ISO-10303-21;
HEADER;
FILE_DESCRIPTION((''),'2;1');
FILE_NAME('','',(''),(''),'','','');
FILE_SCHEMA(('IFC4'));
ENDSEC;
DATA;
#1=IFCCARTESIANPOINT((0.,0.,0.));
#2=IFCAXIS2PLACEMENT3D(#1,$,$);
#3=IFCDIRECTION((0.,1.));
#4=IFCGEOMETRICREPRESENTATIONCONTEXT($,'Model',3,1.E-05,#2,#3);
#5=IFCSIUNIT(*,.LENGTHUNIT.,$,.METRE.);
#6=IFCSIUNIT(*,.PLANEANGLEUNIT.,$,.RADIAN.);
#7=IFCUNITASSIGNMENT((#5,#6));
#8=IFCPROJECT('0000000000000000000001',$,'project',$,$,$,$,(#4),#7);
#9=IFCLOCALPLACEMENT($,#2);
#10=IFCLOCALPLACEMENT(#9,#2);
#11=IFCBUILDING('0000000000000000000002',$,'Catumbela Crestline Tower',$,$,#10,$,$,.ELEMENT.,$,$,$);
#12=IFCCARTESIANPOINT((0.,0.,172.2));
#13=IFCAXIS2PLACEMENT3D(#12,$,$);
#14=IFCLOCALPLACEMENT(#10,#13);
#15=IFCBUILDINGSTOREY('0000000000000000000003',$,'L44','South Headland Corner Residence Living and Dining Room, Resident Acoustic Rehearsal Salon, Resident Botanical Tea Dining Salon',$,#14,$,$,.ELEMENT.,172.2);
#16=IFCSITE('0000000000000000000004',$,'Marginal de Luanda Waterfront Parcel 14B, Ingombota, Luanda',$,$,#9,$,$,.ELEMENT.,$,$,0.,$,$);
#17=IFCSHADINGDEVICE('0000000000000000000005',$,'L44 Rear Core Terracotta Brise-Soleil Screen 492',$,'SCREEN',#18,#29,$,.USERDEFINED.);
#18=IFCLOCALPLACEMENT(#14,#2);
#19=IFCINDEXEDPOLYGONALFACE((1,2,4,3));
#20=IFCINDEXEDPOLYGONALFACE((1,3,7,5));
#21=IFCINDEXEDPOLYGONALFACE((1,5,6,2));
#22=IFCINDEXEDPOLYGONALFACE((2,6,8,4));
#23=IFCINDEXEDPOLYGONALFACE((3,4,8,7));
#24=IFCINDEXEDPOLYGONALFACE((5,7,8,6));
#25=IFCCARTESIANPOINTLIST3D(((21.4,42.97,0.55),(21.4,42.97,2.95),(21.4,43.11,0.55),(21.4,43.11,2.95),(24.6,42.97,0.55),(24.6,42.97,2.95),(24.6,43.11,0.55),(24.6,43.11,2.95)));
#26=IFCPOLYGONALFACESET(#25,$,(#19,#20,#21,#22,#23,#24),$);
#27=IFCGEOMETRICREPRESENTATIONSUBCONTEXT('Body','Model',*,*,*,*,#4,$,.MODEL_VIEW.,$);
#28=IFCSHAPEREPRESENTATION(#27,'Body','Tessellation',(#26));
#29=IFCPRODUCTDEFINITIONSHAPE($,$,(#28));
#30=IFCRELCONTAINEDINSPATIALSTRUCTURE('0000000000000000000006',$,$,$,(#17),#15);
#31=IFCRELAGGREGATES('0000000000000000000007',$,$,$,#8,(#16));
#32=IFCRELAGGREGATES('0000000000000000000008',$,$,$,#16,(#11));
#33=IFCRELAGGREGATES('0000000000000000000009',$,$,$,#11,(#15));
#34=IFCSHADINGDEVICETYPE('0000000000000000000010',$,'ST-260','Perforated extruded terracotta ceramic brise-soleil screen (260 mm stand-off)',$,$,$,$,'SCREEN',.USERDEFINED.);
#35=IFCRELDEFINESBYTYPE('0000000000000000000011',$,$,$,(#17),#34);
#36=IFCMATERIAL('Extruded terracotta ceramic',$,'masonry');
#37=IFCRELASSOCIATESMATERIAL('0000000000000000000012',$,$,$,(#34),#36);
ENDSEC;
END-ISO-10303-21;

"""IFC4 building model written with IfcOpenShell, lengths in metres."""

from ifc_helpers import new_model, si_unit, direction, frame, origin, origin_2d, place, context, subcontext, project, spatial, rectangle, extrude, material, type_object, element, save


model = new_model("IFC4")

# Units and contexts
model_context = context("Model", 3, precision=1e-05, world=origin(), true_north=direction((0.0, 1.0)))
body_context = subcontext(model_context, "Body", "Model", "MODEL_VIEW")
ifc_project = project(units=[si_unit("LENGTHUNIT", "METRE"), si_unit("PLANEANGLEUNIT", "RADIAN")], contexts=[model_context])

# Site, building, storey
site_placement = place(None, origin())
site = spatial("IfcSite", under=ifc_project, at=site_placement, Name="Marginal de Luanda Waterfront Parcel 14B, Ingombota, Luanda", CompositionType="ELEMENT", RefElevation=0.0)
building_placement = place(site_placement, origin())
building = spatial("IfcBuilding", under=site, at=building_placement, Name="Catumbela Crestline Tower", CompositionType="ELEMENT")
storey_placement = place(building_placement, frame((0.0, 0.0, 172.2)))
storey = spatial("IfcBuildingStorey", under=building, at=storey_placement, Name="L44", Description="South Headland Corner Residence Living and Dining Room, Resident Acoustic Rehearsal Salon, Resident Botanical Tea Dining Salon", CompositionType="ELEMENT", Elevation=172.2)

# Shading device
ifc_material_1 = material(Name="Extruded terracotta ceramic", Category="masonry")
shading_device_type_1 = type_object("IfcShadingDeviceType", Name="ST-260", Description="Perforated extruded terracotta ceramic brise-soleil screen (260 mm stand-off)", ElementType="SCREEN", PredefinedType="USERDEFINED", material=ifc_material_1)
shading_device_1_placement = place(storey_placement, frame((23.0, 43.04, 0.55), z_axis=(0.0, 0.0, 1.0), x_axis=(1.0, 0.0, 0.0)))
element("IfcShadingDevice", 1, at=shading_device_1_placement, inside=storey, type_object=shading_device_type_1, Name="L44 Rear Core Terracotta Brise-Soleil Screen 492", ObjectType="SCREEN", PredefinedType="USERDEFINED", context=body_context, shape_type="SweptSolid", body=[
    extrude(rectangle(XDim=3.2, YDim=0.14, at=origin_2d()), origin(), (0.0, 0.0, 1.0), 2.4),
])

save(model, "model.ifc")
